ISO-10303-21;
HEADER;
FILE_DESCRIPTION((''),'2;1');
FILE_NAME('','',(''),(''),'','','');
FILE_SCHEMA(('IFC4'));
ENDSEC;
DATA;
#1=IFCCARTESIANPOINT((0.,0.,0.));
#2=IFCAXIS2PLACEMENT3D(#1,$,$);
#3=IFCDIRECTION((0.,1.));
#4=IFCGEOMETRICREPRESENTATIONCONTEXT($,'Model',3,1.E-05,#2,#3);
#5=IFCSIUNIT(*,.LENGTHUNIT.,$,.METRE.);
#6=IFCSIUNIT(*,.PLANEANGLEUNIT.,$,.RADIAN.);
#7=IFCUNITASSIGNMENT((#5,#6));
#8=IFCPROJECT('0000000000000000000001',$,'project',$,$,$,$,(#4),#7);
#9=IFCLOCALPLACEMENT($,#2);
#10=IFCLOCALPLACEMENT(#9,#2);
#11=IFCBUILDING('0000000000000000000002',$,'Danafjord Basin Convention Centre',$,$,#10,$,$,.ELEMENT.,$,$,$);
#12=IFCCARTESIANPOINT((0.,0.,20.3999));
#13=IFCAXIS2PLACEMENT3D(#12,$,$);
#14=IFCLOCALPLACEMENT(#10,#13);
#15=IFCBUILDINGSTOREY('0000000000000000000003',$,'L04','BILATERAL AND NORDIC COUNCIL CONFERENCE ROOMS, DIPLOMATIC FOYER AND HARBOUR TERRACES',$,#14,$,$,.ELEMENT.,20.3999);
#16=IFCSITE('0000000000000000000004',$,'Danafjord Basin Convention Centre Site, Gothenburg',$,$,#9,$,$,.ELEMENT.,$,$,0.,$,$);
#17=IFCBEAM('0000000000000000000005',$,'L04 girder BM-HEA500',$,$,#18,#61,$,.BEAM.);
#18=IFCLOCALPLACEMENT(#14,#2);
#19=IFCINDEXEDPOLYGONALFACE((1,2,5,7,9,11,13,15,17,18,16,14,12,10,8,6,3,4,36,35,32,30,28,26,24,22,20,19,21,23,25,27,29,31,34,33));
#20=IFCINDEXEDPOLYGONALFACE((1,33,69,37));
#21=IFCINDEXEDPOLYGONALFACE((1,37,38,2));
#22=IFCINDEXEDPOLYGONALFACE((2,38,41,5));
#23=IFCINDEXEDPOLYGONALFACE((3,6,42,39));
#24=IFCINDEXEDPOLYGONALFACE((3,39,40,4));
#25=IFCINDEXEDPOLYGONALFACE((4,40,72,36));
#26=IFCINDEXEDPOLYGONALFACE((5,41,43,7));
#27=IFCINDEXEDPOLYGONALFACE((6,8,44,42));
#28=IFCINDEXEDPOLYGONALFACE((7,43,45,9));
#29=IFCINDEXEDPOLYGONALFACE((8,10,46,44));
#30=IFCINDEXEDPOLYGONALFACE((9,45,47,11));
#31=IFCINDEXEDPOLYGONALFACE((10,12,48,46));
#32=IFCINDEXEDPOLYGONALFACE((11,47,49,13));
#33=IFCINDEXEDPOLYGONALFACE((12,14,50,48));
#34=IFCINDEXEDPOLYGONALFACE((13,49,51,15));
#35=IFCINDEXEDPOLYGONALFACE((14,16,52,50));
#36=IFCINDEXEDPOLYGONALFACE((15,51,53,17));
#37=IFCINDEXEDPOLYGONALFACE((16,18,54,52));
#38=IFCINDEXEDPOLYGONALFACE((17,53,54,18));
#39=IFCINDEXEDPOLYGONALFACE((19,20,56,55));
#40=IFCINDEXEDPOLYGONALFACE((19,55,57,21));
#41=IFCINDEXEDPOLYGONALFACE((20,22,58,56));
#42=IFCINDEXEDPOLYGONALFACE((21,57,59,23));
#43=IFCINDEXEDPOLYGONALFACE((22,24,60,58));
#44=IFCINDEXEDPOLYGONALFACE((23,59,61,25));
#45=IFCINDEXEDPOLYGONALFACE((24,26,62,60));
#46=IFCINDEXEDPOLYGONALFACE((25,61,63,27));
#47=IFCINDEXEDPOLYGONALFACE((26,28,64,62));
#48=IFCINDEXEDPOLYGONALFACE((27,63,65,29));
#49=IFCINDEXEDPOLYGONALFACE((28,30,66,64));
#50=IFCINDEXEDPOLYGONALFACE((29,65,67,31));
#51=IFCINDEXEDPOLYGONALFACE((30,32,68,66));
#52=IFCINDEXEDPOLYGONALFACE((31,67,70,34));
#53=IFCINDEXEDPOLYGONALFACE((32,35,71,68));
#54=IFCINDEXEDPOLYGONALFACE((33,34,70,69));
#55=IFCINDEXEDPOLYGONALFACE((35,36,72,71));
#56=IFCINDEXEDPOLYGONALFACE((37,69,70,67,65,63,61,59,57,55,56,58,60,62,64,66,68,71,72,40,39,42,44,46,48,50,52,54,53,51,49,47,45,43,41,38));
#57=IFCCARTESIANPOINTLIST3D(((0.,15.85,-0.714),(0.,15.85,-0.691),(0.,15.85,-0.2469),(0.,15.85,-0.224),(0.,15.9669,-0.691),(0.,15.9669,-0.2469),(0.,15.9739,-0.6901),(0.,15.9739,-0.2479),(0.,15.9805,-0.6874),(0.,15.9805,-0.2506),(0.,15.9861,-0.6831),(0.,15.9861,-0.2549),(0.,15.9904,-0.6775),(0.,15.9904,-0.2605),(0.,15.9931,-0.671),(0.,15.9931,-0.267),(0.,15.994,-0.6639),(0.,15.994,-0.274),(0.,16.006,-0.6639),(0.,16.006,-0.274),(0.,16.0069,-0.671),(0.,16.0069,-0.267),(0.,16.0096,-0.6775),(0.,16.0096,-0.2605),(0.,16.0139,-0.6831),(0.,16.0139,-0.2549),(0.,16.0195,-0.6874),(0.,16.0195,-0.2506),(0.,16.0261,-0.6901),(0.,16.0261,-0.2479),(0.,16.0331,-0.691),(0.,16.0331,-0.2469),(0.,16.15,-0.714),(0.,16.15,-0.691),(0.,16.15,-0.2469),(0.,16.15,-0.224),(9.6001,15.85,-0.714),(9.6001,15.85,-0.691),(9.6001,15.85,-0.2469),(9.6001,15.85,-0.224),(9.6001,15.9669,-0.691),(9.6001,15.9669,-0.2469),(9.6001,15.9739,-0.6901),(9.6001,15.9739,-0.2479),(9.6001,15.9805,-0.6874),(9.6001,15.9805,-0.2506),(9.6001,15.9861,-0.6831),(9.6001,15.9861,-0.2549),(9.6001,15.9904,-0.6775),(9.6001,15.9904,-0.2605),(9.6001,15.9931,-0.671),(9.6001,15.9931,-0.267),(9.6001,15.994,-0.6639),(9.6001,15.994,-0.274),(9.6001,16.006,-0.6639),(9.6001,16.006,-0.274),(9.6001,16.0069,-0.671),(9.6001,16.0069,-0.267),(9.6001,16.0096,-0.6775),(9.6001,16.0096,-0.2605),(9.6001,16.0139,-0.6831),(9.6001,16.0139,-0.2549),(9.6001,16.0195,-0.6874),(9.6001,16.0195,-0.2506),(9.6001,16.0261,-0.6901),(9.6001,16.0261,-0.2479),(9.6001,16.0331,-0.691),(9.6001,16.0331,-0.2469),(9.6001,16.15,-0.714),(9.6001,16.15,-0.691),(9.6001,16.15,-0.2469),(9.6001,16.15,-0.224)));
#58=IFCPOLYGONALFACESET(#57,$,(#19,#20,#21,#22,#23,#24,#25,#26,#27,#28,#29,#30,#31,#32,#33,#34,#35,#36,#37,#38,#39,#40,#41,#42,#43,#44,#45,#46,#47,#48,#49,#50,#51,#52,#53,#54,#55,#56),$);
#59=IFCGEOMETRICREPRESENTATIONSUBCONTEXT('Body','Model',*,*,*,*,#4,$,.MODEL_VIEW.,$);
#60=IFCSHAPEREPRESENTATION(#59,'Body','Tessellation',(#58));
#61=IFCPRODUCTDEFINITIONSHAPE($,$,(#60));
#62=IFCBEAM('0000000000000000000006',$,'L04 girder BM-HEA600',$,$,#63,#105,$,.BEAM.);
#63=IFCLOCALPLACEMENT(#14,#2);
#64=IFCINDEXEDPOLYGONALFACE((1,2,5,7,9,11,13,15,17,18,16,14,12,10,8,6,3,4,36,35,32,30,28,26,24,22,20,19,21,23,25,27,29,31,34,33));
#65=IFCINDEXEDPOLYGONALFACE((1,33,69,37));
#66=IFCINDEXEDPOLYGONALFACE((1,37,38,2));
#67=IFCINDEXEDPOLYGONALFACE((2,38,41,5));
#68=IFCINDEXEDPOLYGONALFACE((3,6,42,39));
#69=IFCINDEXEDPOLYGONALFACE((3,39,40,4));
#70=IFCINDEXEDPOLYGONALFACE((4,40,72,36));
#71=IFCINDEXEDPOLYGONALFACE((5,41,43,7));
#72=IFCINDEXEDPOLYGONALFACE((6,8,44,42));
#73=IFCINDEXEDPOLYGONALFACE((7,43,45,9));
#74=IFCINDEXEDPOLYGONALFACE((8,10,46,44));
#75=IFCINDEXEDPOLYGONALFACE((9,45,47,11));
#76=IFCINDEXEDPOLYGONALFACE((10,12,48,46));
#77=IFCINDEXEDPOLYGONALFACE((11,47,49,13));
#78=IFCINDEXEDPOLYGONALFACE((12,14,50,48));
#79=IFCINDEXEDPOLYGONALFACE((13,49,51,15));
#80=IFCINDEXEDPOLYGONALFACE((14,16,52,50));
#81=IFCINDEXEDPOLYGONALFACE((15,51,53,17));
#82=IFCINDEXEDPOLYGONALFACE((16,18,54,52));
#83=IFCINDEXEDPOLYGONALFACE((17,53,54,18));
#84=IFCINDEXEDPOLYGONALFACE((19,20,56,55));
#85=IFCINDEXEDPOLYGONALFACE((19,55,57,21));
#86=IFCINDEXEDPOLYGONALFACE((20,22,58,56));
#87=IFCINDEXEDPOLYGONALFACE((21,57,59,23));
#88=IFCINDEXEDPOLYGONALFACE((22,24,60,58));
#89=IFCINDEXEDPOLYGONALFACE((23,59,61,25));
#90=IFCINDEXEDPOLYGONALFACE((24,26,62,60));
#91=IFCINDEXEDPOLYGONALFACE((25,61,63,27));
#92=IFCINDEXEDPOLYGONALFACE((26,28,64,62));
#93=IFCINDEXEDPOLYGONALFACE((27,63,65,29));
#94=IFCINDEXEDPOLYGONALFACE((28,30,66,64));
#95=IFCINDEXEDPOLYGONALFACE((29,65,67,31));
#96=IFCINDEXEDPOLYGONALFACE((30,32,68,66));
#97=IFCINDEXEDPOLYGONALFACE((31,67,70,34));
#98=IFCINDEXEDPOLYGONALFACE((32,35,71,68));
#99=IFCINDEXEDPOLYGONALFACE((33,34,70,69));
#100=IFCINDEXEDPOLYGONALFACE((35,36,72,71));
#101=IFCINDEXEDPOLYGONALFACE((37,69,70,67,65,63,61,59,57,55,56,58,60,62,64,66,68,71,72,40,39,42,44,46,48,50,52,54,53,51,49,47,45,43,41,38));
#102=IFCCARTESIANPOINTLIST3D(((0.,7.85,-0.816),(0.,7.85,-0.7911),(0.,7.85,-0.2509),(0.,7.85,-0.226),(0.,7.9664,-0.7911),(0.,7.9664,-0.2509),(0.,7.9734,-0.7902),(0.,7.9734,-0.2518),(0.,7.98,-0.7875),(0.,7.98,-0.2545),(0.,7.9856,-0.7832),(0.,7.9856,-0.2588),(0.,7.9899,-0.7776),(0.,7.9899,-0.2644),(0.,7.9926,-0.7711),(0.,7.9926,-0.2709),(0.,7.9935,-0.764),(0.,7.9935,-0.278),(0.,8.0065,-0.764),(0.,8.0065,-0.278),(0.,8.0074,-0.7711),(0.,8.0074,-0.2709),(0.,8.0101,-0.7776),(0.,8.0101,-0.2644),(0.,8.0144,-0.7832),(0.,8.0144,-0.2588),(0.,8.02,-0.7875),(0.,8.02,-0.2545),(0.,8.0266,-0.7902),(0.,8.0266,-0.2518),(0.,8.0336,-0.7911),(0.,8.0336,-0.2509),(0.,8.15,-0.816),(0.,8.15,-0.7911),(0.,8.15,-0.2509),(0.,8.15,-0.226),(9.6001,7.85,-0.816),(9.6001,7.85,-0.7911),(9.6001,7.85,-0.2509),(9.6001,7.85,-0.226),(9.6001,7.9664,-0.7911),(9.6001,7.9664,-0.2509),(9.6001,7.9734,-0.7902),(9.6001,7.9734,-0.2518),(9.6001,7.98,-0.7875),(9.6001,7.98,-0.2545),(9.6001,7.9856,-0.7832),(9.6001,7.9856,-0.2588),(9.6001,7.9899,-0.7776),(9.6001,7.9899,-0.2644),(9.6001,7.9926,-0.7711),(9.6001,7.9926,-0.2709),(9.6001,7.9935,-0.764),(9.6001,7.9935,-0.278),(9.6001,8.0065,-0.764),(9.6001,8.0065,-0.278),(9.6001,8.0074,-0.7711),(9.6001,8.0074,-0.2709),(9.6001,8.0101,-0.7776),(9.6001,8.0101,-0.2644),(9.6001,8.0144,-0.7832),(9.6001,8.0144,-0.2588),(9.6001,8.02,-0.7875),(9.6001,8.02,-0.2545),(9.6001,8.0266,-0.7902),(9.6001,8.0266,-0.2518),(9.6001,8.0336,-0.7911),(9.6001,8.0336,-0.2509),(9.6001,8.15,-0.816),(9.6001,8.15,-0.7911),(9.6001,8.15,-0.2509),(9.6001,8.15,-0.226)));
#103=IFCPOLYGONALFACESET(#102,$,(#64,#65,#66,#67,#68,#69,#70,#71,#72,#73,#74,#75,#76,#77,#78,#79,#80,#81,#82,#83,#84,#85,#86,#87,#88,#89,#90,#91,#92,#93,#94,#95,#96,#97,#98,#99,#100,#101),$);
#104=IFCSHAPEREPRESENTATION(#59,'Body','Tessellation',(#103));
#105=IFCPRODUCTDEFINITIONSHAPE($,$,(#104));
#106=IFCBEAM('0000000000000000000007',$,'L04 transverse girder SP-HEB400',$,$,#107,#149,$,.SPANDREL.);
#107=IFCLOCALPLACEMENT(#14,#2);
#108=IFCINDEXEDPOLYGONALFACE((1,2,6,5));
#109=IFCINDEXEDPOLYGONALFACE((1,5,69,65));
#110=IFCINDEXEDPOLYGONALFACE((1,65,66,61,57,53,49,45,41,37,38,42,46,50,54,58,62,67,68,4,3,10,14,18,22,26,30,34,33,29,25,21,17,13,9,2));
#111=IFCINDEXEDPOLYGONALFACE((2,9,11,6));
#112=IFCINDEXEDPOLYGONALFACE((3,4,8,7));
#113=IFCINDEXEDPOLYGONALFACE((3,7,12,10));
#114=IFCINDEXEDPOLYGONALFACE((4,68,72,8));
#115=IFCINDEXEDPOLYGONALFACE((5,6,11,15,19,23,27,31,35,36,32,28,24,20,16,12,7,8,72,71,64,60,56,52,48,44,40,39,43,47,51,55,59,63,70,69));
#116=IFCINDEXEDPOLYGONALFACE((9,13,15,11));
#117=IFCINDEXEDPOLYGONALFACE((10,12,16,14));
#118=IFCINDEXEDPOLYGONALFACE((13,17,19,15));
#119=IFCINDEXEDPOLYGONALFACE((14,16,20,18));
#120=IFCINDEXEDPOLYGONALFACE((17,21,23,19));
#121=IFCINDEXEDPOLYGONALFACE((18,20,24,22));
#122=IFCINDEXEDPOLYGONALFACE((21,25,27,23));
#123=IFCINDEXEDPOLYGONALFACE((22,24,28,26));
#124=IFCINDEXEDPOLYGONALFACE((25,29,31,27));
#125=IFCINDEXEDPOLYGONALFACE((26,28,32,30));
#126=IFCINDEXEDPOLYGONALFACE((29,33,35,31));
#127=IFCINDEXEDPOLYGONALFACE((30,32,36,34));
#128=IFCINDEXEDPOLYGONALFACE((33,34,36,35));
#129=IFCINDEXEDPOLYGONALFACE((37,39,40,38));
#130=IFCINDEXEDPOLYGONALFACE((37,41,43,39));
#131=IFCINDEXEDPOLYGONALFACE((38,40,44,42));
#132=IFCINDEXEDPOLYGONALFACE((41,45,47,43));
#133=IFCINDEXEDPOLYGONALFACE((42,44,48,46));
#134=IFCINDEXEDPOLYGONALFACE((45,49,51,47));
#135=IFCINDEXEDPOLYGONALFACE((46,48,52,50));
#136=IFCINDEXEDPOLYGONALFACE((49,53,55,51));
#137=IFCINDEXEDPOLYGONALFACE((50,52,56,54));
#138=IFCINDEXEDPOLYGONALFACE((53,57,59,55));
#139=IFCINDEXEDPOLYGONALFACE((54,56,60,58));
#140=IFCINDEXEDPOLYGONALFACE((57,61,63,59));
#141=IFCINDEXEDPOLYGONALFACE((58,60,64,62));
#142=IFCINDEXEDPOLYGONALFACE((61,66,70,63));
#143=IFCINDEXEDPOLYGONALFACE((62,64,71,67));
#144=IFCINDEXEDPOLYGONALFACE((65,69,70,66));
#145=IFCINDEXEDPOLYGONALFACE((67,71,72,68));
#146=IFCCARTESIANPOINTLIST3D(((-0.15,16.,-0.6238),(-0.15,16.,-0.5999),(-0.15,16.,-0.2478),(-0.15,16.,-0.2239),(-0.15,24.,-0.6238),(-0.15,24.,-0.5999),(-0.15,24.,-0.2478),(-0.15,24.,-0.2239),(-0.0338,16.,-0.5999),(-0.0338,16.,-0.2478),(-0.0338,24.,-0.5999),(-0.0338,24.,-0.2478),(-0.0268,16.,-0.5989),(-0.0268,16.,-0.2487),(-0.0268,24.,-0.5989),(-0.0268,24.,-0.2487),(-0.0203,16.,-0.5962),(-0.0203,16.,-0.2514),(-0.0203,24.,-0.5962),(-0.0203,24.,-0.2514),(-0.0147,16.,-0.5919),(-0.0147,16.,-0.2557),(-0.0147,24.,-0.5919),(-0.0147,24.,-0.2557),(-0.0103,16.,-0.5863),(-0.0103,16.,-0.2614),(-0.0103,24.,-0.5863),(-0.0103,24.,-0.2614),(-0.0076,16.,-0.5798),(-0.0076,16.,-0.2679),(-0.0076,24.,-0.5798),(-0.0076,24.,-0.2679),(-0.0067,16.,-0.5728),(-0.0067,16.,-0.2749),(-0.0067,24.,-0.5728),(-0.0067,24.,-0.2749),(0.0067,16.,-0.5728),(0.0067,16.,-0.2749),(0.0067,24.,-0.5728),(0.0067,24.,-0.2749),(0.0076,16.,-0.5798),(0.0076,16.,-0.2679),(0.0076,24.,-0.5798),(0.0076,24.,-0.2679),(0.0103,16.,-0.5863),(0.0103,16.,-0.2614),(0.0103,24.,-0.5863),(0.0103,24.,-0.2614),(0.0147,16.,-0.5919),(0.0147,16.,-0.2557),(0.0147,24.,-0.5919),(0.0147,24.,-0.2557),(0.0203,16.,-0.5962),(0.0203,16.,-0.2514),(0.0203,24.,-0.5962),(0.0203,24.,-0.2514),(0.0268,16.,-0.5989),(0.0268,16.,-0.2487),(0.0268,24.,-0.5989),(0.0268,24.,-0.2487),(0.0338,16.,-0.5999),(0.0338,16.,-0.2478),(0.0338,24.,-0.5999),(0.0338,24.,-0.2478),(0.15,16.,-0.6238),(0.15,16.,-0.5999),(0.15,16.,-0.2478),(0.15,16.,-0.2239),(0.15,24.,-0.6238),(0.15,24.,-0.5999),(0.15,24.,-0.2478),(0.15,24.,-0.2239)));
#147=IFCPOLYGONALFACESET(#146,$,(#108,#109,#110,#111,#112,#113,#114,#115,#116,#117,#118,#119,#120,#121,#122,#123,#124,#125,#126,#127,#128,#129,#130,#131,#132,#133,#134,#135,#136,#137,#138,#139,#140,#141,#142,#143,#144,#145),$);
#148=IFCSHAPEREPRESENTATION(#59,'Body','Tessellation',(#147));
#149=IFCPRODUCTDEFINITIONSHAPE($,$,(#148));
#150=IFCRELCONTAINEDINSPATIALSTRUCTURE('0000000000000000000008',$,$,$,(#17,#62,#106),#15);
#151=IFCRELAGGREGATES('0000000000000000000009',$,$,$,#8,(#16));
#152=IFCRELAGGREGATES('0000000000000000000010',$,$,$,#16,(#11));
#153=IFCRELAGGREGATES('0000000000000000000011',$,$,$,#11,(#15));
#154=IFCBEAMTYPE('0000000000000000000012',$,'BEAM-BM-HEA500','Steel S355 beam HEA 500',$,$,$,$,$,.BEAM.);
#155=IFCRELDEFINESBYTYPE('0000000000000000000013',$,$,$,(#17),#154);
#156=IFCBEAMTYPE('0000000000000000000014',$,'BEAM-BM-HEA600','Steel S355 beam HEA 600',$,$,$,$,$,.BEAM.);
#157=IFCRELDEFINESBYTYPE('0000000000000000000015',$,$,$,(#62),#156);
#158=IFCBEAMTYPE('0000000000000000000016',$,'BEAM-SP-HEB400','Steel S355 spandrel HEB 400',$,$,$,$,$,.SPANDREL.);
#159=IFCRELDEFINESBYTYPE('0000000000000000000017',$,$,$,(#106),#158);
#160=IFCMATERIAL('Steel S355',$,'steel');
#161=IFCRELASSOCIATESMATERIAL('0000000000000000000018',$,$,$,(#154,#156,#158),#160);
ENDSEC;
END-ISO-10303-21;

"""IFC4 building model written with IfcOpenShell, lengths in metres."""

from ifc_helpers import new_model, si_unit, direction, frame, origin, origin_2d, place, context, subcontext, project, spatial, i_section, extrude, material, material_profile, profile_set, type_object, element, save


model = new_model("IFC4")

# Units and contexts
model_context = context("Model", 3, precision=1e-05, world=origin(), true_north=direction((0.0, 1.0)))
body_context = subcontext(model_context, "Body", "Model", "MODEL_VIEW")
ifc_project = project(units=[si_unit("LENGTHUNIT", "METRE"), si_unit("PLANEANGLEUNIT", "RADIAN")], contexts=[model_context])

# Site, building, storey
site_placement = place(None, origin())
site = spatial("IfcSite", under=ifc_project, at=site_placement, Name="Danafjord Basin Convention Centre Site, Gothenburg", CompositionType="ELEMENT", RefElevation=0.0)
building_placement = place(site_placement, origin())
building = spatial("IfcBuilding", under=site, at=building_placement, Name="Danafjord Basin Convention Centre", CompositionType="ELEMENT")
storey_placement = place(building_placement, frame((0.0, 0.0, 20.3999)))
storey = spatial("IfcBuildingStorey", under=building, at=storey_placement, Name="L04", Description="BILATERAL AND NORDIC COUNCIL CONFERENCE ROOMS, DIPLOMATIC FOYER AND HARBOUR TERRACES", CompositionType="ELEMENT", Elevation=20.3999)

# Shared definitions
ifc_material_1 = material(Name="Steel S355", Category="steel")

# Beams
ifc_material_profile_1 = material_profile(ifc_material_1, i_section(OverallWidth=0.3, OverallDepth=0.49, WebThickness=0.012, FlangeThickness=0.0229, FilletRadius=0.0271, at=origin_2d()), Name="HEA 500")
ifc_profile_set_1 = profile_set([ifc_material_profile_1], Name="Steel S355")
beam_type_1 = type_object("IfcBeamType", Name="BEAM-BM-HEA500", Description="Steel S355 beam HEA 500", PredefinedType="BEAM", material=ifc_profile_set_1)
beam_1_placement = place(storey_placement, frame((0.0, 16.0, -0.469), z_axis=(1.0, 0.0, 0.0), x_axis=(0.0, 1.0, 0.0)))
element("IfcBeam", 1, at=beam_1_placement, inside=storey, type_object=beam_type_1, Name="L04 girder BM-HEA500", PredefinedType="BEAM", context=body_context, shape_type="SweptSolid", body=[
    extrude(i_section(OverallWidth=0.3, OverallDepth=0.49, WebThickness=0.012, FlangeThickness=0.0229, FilletRadius=0.0271, at=origin_2d()), origin(), (0.0, 0.0, 1.0), 9.6001),
])
ifc_material_profile_2 = material_profile(ifc_material_1, i_section(OverallWidth=0.3, OverallDepth=0.5901, WebThickness=0.0129, FlangeThickness=0.0249, FilletRadius=0.0271, at=origin_2d()), Name="HEA 600")
ifc_profile_set_2 = profile_set([ifc_material_profile_2], Name="Steel S355")
beam_type_2 = type_object("IfcBeamType", Name="BEAM-BM-HEA600", Description="Steel S355 beam HEA 600", PredefinedType="BEAM", material=ifc_profile_set_2)
beam_2_placement = place(storey_placement, frame((0.0, 8.0, -0.521), z_axis=(1.0, 0.0, 0.0), x_axis=(0.0, 1.0, 0.0)))
element("IfcBeam", 2, at=beam_2_placement, inside=storey, type_object=beam_type_2, Name="L04 girder BM-HEA600", PredefinedType="BEAM", context=body_context, shape_type="SweptSolid", body=[
    extrude(i_section(OverallWidth=0.3, OverallDepth=0.5901, WebThickness=0.0129, FlangeThickness=0.0249, FilletRadius=0.0271, at=origin_2d()), origin(), (0.0, 0.0, 1.0), 9.6001),
])
ifc_material_profile_3 = material_profile(ifc_material_1, i_section(OverallWidth=0.3, OverallDepth=0.3999, WebThickness=0.0134, FlangeThickness=0.0239, FilletRadius=0.0271, at=origin_2d()), Name="HEB 400")
ifc_profile_set_3 = profile_set([ifc_material_profile_3], Name="Steel S355")
beam_type_3 = type_object("IfcBeamType", Name="BEAM-SP-HEB400", Description="Steel S355 spandrel HEB 400", PredefinedType="SPANDREL", material=ifc_profile_set_3)
beam_3_placement = place(storey_placement, frame((0.0, 16.0, -0.4238), z_axis=(0.0, 1.0, 0.0), x_axis=(-1.0, 0.0, 0.0)))
element("IfcBeam", 3, at=beam_3_placement, inside=storey, type_object=beam_type_3, Name="L04 transverse girder SP-HEB400", PredefinedType="SPANDREL", context=body_context, shape_type="SweptSolid", body=[
    extrude(i_section(OverallWidth=0.3, OverallDepth=0.3999, WebThickness=0.0134, FlangeThickness=0.0239, FilletRadius=0.0271, at=origin_2d()), origin(), (0.0, 0.0, 1.0), 8.0),
])

save(model, "model.ifc")
